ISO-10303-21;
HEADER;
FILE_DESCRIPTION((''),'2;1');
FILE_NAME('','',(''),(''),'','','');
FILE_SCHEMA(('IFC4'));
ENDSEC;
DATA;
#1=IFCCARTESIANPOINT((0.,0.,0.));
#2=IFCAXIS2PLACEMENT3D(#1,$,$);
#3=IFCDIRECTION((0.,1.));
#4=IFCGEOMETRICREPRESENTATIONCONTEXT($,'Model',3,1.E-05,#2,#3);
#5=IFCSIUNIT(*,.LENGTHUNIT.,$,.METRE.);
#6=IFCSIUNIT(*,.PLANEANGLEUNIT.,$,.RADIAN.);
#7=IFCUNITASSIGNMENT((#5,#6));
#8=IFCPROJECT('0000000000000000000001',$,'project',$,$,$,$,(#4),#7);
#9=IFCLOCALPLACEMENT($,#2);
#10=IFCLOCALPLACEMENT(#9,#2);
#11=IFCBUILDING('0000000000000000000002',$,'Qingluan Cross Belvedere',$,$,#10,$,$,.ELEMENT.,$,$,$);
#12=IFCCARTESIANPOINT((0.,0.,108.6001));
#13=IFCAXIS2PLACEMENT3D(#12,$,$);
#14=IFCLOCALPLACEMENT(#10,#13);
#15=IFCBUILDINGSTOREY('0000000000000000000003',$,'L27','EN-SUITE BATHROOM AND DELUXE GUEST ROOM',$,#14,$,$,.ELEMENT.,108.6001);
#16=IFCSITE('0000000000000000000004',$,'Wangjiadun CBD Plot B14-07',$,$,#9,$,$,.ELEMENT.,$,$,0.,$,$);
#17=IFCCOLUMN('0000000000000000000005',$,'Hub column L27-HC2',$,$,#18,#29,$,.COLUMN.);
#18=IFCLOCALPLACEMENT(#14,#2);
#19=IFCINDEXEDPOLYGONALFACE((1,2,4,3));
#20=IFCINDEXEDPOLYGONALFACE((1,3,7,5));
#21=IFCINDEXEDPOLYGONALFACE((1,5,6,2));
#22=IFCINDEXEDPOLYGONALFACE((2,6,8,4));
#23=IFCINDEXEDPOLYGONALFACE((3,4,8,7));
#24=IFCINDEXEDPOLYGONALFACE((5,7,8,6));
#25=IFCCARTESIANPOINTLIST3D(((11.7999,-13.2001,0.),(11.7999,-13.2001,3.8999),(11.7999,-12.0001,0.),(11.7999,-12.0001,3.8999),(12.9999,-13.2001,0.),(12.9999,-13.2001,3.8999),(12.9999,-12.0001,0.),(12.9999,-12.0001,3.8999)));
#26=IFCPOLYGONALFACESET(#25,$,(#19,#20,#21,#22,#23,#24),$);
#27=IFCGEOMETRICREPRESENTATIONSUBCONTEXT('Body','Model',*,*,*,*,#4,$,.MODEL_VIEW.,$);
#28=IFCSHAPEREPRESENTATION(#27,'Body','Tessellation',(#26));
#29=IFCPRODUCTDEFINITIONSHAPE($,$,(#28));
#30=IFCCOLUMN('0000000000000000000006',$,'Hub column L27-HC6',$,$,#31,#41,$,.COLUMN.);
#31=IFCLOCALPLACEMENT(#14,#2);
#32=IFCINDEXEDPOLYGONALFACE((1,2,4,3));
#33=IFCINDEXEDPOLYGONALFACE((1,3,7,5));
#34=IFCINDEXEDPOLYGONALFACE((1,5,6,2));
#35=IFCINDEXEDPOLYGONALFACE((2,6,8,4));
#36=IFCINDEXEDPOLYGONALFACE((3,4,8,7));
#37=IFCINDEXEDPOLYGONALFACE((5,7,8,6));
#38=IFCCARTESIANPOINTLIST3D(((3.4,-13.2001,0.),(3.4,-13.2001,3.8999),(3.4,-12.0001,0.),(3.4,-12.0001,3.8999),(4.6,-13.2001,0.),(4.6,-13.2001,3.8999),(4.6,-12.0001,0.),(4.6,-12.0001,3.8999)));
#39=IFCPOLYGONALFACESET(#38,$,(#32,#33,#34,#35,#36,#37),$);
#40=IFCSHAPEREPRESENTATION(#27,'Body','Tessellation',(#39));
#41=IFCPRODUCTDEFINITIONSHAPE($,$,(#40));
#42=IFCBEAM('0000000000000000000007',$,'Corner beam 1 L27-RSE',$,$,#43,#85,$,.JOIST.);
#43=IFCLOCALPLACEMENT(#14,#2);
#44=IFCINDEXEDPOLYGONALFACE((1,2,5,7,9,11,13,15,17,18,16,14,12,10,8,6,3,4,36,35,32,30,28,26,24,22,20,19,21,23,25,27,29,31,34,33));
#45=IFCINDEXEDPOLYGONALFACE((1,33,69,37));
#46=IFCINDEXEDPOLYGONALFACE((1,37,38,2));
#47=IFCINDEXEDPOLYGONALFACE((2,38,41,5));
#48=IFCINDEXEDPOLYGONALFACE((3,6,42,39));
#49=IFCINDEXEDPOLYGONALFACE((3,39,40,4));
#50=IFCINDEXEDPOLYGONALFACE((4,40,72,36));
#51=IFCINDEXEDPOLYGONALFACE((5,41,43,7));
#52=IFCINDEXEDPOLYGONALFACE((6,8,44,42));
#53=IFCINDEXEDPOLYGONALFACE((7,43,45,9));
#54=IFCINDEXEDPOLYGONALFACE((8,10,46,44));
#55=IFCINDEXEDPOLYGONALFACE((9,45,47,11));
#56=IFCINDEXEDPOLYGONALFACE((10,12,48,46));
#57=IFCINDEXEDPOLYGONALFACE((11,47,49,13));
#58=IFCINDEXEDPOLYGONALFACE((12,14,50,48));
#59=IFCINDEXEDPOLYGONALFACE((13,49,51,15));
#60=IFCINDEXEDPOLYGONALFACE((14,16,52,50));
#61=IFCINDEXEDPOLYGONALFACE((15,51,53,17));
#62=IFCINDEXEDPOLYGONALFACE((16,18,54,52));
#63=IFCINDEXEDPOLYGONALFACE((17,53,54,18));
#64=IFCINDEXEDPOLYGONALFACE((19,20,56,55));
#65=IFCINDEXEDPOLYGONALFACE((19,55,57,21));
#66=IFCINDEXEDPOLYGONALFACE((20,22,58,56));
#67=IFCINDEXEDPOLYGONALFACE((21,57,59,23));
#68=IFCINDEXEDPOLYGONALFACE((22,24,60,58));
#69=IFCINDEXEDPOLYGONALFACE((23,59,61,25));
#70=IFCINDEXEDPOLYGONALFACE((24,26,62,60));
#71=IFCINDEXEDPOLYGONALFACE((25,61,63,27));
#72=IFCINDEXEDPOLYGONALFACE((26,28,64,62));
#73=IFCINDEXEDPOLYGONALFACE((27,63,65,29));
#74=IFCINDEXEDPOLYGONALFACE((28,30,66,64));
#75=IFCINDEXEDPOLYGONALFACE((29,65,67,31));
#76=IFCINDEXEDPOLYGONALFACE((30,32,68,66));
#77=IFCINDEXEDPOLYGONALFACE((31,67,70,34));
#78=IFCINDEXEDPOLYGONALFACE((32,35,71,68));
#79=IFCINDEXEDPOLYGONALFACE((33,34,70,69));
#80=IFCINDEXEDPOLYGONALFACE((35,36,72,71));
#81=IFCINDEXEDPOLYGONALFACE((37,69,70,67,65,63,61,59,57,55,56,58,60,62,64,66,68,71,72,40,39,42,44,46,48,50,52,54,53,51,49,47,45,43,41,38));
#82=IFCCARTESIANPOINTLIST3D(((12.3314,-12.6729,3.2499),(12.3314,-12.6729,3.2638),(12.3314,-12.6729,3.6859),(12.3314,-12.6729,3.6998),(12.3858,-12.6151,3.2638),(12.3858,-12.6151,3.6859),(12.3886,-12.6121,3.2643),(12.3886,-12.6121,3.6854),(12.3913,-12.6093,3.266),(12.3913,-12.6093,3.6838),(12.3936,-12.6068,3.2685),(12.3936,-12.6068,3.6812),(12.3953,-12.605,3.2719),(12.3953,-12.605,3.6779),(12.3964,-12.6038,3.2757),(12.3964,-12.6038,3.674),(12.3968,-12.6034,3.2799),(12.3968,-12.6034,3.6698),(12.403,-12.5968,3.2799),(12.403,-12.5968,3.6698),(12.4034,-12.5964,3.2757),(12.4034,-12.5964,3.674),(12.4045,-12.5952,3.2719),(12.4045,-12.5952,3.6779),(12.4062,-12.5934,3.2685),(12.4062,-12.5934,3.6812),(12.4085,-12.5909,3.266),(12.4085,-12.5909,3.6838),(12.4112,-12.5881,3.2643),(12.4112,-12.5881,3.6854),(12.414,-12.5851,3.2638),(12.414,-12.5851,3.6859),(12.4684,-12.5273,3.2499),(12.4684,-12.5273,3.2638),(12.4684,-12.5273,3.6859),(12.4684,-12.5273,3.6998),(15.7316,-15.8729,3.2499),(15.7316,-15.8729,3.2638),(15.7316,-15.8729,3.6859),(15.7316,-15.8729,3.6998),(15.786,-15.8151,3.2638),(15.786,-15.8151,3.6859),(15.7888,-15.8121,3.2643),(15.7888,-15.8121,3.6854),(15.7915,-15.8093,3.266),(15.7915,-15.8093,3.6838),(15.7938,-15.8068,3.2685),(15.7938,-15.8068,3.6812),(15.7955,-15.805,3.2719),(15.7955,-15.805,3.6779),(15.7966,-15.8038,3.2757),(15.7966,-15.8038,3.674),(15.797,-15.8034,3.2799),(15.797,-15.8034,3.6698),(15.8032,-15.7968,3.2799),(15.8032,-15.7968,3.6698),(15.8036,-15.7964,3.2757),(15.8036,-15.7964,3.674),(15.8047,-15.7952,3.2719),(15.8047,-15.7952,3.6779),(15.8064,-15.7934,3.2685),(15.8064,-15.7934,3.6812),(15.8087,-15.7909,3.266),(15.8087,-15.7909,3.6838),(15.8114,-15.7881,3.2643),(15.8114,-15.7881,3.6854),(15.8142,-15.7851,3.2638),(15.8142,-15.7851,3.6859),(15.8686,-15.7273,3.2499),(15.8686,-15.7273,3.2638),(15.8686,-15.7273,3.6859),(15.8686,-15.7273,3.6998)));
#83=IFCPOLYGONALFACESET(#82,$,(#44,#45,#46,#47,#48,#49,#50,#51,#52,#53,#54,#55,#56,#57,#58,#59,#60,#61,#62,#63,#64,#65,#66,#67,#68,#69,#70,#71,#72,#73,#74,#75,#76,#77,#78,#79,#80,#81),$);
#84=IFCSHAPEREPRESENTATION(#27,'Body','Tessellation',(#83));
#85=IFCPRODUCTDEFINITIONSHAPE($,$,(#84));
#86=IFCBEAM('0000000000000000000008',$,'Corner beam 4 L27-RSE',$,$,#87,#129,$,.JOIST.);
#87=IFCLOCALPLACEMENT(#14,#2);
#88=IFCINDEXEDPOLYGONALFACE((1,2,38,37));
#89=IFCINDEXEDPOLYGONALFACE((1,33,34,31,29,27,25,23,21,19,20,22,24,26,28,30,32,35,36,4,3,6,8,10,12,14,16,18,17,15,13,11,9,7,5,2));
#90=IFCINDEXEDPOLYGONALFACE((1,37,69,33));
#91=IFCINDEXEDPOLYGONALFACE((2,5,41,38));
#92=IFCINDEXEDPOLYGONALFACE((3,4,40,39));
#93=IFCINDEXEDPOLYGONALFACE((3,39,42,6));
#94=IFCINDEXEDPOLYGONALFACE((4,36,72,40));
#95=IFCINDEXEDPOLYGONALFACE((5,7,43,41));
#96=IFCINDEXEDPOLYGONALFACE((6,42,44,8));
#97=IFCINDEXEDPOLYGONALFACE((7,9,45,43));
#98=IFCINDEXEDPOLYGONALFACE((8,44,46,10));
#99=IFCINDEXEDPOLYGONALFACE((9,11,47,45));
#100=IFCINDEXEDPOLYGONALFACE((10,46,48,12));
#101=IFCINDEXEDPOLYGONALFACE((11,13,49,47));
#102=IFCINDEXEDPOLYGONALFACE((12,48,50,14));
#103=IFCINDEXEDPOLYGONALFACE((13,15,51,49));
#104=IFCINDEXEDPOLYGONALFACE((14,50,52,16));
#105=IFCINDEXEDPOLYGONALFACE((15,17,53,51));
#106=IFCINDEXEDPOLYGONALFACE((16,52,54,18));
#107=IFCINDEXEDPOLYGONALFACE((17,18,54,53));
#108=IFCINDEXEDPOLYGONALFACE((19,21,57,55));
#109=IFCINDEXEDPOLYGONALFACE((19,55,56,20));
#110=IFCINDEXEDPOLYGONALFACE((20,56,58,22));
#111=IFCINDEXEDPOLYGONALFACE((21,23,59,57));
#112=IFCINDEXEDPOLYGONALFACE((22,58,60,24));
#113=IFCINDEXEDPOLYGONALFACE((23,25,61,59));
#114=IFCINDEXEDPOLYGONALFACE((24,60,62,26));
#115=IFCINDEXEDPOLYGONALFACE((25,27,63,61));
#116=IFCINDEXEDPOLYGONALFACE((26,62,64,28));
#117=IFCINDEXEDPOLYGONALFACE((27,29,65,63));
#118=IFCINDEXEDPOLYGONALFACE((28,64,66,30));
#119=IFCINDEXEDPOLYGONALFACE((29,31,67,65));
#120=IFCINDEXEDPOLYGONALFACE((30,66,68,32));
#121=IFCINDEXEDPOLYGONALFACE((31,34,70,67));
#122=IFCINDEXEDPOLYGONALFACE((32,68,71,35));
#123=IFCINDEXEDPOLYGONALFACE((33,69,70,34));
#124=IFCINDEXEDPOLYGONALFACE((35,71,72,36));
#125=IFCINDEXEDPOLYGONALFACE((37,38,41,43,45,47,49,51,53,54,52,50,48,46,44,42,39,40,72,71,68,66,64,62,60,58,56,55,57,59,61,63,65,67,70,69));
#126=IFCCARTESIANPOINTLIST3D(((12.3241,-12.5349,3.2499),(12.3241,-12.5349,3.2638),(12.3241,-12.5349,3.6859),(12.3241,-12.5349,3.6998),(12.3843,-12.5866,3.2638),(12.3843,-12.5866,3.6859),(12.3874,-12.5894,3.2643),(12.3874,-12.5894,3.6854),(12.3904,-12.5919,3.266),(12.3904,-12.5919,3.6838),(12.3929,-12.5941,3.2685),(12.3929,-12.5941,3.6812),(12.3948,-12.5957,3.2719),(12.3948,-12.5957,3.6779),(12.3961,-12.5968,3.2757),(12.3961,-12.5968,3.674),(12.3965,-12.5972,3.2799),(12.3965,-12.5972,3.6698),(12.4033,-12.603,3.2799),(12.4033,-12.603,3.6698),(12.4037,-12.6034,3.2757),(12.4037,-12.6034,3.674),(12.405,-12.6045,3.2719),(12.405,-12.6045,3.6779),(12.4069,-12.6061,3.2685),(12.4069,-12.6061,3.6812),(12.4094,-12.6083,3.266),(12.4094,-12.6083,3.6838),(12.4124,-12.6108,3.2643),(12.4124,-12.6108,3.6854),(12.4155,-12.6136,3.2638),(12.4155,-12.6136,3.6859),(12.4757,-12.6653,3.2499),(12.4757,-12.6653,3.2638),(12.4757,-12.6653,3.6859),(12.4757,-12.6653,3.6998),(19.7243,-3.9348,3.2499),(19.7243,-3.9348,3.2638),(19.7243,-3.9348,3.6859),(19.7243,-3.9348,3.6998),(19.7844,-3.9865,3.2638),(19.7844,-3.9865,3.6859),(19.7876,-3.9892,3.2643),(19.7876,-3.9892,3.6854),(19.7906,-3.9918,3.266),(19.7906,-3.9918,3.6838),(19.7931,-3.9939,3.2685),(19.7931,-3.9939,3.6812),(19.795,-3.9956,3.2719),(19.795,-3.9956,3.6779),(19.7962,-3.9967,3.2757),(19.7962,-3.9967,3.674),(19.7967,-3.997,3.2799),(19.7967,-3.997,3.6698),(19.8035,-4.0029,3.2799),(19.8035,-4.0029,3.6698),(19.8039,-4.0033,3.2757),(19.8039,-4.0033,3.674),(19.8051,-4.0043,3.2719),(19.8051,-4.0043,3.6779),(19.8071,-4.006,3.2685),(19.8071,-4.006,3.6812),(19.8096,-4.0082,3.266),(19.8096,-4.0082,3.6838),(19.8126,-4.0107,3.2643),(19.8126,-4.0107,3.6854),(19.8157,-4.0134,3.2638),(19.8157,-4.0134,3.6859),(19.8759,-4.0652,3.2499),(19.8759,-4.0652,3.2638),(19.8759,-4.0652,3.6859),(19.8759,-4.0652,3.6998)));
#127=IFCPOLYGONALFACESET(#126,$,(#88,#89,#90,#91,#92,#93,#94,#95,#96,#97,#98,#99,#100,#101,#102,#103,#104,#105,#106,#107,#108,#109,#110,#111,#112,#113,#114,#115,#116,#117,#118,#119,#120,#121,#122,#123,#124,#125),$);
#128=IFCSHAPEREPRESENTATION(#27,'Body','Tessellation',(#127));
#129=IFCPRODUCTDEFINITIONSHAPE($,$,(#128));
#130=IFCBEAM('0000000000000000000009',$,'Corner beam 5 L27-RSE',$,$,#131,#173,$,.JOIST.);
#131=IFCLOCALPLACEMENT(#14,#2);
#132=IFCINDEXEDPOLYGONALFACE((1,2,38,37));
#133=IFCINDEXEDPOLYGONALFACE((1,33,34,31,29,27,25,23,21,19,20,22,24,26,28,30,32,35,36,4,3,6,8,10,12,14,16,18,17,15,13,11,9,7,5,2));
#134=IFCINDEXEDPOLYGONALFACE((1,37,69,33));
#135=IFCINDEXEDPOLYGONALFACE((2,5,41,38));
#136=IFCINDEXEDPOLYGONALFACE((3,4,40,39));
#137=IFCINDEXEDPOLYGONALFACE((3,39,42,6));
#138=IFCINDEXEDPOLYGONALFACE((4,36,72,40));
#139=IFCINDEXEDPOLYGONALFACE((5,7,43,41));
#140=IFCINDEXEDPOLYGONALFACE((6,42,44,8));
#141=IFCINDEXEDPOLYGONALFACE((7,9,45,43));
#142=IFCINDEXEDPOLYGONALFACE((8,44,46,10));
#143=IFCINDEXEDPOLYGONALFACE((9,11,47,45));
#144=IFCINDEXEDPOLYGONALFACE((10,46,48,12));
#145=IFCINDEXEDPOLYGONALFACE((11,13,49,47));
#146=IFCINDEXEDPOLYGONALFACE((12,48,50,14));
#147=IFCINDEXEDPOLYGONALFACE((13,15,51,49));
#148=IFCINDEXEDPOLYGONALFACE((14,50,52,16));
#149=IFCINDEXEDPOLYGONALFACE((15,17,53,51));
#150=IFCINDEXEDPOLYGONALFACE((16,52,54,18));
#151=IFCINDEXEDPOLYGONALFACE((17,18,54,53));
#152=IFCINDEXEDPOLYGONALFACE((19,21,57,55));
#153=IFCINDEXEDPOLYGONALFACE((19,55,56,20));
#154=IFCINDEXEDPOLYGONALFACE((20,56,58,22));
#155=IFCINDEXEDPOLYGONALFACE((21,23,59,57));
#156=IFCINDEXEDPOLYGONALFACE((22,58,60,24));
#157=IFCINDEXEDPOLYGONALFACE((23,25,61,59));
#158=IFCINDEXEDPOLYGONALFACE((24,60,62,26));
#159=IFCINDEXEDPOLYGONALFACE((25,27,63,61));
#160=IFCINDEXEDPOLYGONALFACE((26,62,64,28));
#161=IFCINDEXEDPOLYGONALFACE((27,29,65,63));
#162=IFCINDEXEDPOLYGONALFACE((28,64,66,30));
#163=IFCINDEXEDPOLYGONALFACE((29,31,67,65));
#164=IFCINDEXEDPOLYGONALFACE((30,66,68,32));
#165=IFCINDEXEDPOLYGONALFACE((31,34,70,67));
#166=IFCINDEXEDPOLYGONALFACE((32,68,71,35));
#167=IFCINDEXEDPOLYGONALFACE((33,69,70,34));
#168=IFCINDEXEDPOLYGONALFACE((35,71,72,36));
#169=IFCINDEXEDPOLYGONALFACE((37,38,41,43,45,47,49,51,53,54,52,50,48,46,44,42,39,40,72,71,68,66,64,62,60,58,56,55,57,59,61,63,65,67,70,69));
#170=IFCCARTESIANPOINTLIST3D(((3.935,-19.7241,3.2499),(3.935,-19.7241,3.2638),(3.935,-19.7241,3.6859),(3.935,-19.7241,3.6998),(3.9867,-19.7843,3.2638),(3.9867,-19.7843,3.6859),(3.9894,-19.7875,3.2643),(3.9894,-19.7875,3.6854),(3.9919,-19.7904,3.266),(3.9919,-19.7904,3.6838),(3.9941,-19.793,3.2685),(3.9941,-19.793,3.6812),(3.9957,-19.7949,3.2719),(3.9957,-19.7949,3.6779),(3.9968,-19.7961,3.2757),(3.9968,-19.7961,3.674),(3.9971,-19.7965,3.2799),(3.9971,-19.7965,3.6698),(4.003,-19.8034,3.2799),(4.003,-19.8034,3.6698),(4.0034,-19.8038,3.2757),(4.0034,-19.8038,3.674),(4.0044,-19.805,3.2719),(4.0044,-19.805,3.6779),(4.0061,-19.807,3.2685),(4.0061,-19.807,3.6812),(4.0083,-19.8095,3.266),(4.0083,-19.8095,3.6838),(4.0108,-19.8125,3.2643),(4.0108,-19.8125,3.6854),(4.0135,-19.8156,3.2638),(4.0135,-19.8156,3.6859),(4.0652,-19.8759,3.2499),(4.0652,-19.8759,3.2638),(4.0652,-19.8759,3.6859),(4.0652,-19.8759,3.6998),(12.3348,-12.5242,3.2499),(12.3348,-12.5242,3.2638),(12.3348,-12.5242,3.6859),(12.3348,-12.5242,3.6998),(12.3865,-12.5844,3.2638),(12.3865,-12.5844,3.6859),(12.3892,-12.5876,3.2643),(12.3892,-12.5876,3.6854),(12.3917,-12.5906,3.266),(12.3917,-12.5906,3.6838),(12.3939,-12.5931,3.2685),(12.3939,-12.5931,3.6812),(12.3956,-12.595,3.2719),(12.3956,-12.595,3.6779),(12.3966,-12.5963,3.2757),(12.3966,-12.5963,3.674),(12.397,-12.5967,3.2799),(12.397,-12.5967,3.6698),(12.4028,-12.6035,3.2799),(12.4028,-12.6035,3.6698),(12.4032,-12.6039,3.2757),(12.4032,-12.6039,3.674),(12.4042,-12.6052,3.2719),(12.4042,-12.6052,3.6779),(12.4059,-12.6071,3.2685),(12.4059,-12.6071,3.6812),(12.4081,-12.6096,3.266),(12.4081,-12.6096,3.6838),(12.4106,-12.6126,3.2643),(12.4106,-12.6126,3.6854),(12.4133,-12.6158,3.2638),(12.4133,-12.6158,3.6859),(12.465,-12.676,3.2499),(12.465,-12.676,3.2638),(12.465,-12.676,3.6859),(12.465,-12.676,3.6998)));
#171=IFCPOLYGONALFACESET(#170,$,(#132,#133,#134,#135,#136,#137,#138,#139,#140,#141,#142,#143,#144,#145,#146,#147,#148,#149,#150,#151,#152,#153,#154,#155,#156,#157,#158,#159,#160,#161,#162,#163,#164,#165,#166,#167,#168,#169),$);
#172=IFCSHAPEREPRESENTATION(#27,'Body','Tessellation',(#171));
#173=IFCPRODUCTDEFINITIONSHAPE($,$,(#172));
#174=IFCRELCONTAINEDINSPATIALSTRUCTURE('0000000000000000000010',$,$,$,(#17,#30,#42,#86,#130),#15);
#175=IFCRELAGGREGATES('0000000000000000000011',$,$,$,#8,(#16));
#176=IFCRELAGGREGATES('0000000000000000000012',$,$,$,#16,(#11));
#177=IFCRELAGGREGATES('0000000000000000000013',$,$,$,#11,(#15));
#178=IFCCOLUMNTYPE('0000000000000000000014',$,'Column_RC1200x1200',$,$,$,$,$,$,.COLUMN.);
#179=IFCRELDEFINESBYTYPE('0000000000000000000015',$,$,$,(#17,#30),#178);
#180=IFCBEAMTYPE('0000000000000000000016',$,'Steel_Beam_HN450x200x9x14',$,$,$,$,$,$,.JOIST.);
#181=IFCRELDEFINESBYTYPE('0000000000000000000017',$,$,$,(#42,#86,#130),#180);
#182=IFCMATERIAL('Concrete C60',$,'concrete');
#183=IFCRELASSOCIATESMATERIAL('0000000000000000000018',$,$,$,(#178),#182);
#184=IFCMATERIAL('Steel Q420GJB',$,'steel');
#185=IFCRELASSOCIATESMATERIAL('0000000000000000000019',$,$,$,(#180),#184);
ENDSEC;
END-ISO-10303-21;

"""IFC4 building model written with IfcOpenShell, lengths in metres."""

from ifc_helpers import new_model, si_unit, direction, frame, origin, origin_2d, place, context, subcontext, project, spatial, rectangle, i_section, extrude, material, material_profile, profile_set, type_object, element, save


model = new_model("IFC4")

# Units and contexts
model_context = context("Model", 3, precision=1e-05, world=origin(), true_north=direction((0.0, 1.0)))
body_context = subcontext(model_context, "Body", "Model", "MODEL_VIEW")
ifc_project = project(units=[si_unit("LENGTHUNIT", "METRE"), si_unit("PLANEANGLEUNIT", "RADIAN")], contexts=[model_context])

# Site, building, storey
site_placement = place(None, origin())
site = spatial("IfcSite", under=ifc_project, at=site_placement, Name="Wangjiadun CBD Plot B14-07", CompositionType="ELEMENT", RefElevation=0.0)
building_placement = place(site_placement, origin())
building = spatial("IfcBuilding", under=site, at=building_placement, Name="Qingluan Cross Belvedere", CompositionType="ELEMENT")
storey_placement = place(building_placement, frame((0.0, 0.0, 108.6001)))
storey = spatial("IfcBuildingStorey", under=building, at=storey_placement, Name="L27", Description="EN-SUITE BATHROOM AND DELUXE GUEST ROOM", CompositionType="ELEMENT", Elevation=108.6001)

# Columns
ifc_material_1 = material(Name="Concrete C60", Category="concrete")
ifc_material_profile_1 = material_profile(ifc_material_1, rectangle(XDim=1.2, YDim=1.2, at=origin_2d()), Name="RC1200x1200")
ifc_profile_set_1 = profile_set([ifc_material_profile_1], Name="Concrete C60")
column_type = type_object("IfcColumnType", Name="Column_RC1200x1200", PredefinedType="COLUMN", material=ifc_profile_set_1)
for number, where, z_axis, x_axis, name in (
    (1, (12.3999, -12.6001, 0.0), (0.0, 0.0, 1.0), (1.0, 0.0, 0.0), "Hub column L27-HC2"),
    (2, (4.0, -12.6001, 0.0), (0.0, 0.0, 1.0), (1.0, 0.0, 0.0), "Hub column L27-HC6"),
):
    element("IfcColumn", number, at=place(storey_placement, frame(where, z_axis=z_axis, x_axis=x_axis)), inside=storey, type_object=column_type, Name=name, PredefinedType="COLUMN", context=body_context, shape_type="SweptSolid", body=[
        extrude(rectangle(XDim=1.2, YDim=1.2, at=origin_2d()), origin(), (0.0, 0.0, 1.0), 3.8999),
    ])

# Beams
ifc_material_2 = material(Name="Steel Q420GJB", Category="steel")
ifc_material_profile_2 = material_profile(ifc_material_2, i_section(OverallWidth=0.2, OverallDepth=0.45, WebThickness=0.009, FlangeThickness=0.0139, FilletRadius=0.0161, at=origin_2d()), Name="HN450x200x9x14")
ifc_profile_set_2 = profile_set([ifc_material_profile_2], Name="Steel Q420GJB")
beam_type_1 = type_object("IfcBeamType", Name="Steel_Beam_HN450x200x9x14", PredefinedType="JOIST", material=ifc_profile_set_2)
beam_1_placement = place(storey_placement, frame((12.3999, -12.6001, 3.4749), z_axis=(0.72822, -0.685343, 0.0), x_axis=(0.685343, 0.72822, 0.0)))
element("IfcBeam", 3, at=beam_1_placement, inside=storey, type_object=beam_type_1, Name="Corner beam 1 L27-RSE", PredefinedType="JOIST", context=body_context, shape_type="SweptSolid", body=[
    extrude(i_section(OverallWidth=0.2, OverallDepth=0.45, WebThickness=0.009, FlangeThickness=0.0139, FilletRadius=0.0161, at=origin_2d()), origin(), (0.0, 0.0, 1.0), 4.6692),
])
beam_2_placement = place(storey_placement, frame((12.3999, -12.6001, 3.4749), z_axis=(0.652245, 0.758008, 0.0), x_axis=(-0.758008, 0.652245, 0.0)))
element("IfcBeam", 4, at=beam_2_placement, inside=storey, type_object=beam_type_1, Name="Corner beam 4 L27-RSE", PredefinedType="JOIST", context=body_context, shape_type="SweptSolid", body=[
    extrude(i_section(OverallWidth=0.2, OverallDepth=0.45, WebThickness=0.009, FlangeThickness=0.0139, FilletRadius=0.0161, at=origin_2d()), origin(), (0.0, 0.0, 1.0), 11.3457),
])
beam_3_placement = place(storey_placement, frame((12.3999, -12.6001, 3.4749), z_axis=(-0.759255, -0.650793, 0.0), x_axis=(0.650793, -0.759255, 0.0)))
element("IfcBeam", 5, at=beam_3_placement, inside=storey, type_object=beam_type_1, Name="Corner beam 5 L27-RSE", PredefinedType="JOIST", context=body_context, shape_type="SweptSolid", body=[
    extrude(i_section(OverallWidth=0.2, OverallDepth=0.45, WebThickness=0.009, FlangeThickness=0.0139, FilletRadius=0.0161, at=origin_2d()), origin(), (0.0, 0.0, 1.0), 11.0632),
])

save(model, "model.ifc")
